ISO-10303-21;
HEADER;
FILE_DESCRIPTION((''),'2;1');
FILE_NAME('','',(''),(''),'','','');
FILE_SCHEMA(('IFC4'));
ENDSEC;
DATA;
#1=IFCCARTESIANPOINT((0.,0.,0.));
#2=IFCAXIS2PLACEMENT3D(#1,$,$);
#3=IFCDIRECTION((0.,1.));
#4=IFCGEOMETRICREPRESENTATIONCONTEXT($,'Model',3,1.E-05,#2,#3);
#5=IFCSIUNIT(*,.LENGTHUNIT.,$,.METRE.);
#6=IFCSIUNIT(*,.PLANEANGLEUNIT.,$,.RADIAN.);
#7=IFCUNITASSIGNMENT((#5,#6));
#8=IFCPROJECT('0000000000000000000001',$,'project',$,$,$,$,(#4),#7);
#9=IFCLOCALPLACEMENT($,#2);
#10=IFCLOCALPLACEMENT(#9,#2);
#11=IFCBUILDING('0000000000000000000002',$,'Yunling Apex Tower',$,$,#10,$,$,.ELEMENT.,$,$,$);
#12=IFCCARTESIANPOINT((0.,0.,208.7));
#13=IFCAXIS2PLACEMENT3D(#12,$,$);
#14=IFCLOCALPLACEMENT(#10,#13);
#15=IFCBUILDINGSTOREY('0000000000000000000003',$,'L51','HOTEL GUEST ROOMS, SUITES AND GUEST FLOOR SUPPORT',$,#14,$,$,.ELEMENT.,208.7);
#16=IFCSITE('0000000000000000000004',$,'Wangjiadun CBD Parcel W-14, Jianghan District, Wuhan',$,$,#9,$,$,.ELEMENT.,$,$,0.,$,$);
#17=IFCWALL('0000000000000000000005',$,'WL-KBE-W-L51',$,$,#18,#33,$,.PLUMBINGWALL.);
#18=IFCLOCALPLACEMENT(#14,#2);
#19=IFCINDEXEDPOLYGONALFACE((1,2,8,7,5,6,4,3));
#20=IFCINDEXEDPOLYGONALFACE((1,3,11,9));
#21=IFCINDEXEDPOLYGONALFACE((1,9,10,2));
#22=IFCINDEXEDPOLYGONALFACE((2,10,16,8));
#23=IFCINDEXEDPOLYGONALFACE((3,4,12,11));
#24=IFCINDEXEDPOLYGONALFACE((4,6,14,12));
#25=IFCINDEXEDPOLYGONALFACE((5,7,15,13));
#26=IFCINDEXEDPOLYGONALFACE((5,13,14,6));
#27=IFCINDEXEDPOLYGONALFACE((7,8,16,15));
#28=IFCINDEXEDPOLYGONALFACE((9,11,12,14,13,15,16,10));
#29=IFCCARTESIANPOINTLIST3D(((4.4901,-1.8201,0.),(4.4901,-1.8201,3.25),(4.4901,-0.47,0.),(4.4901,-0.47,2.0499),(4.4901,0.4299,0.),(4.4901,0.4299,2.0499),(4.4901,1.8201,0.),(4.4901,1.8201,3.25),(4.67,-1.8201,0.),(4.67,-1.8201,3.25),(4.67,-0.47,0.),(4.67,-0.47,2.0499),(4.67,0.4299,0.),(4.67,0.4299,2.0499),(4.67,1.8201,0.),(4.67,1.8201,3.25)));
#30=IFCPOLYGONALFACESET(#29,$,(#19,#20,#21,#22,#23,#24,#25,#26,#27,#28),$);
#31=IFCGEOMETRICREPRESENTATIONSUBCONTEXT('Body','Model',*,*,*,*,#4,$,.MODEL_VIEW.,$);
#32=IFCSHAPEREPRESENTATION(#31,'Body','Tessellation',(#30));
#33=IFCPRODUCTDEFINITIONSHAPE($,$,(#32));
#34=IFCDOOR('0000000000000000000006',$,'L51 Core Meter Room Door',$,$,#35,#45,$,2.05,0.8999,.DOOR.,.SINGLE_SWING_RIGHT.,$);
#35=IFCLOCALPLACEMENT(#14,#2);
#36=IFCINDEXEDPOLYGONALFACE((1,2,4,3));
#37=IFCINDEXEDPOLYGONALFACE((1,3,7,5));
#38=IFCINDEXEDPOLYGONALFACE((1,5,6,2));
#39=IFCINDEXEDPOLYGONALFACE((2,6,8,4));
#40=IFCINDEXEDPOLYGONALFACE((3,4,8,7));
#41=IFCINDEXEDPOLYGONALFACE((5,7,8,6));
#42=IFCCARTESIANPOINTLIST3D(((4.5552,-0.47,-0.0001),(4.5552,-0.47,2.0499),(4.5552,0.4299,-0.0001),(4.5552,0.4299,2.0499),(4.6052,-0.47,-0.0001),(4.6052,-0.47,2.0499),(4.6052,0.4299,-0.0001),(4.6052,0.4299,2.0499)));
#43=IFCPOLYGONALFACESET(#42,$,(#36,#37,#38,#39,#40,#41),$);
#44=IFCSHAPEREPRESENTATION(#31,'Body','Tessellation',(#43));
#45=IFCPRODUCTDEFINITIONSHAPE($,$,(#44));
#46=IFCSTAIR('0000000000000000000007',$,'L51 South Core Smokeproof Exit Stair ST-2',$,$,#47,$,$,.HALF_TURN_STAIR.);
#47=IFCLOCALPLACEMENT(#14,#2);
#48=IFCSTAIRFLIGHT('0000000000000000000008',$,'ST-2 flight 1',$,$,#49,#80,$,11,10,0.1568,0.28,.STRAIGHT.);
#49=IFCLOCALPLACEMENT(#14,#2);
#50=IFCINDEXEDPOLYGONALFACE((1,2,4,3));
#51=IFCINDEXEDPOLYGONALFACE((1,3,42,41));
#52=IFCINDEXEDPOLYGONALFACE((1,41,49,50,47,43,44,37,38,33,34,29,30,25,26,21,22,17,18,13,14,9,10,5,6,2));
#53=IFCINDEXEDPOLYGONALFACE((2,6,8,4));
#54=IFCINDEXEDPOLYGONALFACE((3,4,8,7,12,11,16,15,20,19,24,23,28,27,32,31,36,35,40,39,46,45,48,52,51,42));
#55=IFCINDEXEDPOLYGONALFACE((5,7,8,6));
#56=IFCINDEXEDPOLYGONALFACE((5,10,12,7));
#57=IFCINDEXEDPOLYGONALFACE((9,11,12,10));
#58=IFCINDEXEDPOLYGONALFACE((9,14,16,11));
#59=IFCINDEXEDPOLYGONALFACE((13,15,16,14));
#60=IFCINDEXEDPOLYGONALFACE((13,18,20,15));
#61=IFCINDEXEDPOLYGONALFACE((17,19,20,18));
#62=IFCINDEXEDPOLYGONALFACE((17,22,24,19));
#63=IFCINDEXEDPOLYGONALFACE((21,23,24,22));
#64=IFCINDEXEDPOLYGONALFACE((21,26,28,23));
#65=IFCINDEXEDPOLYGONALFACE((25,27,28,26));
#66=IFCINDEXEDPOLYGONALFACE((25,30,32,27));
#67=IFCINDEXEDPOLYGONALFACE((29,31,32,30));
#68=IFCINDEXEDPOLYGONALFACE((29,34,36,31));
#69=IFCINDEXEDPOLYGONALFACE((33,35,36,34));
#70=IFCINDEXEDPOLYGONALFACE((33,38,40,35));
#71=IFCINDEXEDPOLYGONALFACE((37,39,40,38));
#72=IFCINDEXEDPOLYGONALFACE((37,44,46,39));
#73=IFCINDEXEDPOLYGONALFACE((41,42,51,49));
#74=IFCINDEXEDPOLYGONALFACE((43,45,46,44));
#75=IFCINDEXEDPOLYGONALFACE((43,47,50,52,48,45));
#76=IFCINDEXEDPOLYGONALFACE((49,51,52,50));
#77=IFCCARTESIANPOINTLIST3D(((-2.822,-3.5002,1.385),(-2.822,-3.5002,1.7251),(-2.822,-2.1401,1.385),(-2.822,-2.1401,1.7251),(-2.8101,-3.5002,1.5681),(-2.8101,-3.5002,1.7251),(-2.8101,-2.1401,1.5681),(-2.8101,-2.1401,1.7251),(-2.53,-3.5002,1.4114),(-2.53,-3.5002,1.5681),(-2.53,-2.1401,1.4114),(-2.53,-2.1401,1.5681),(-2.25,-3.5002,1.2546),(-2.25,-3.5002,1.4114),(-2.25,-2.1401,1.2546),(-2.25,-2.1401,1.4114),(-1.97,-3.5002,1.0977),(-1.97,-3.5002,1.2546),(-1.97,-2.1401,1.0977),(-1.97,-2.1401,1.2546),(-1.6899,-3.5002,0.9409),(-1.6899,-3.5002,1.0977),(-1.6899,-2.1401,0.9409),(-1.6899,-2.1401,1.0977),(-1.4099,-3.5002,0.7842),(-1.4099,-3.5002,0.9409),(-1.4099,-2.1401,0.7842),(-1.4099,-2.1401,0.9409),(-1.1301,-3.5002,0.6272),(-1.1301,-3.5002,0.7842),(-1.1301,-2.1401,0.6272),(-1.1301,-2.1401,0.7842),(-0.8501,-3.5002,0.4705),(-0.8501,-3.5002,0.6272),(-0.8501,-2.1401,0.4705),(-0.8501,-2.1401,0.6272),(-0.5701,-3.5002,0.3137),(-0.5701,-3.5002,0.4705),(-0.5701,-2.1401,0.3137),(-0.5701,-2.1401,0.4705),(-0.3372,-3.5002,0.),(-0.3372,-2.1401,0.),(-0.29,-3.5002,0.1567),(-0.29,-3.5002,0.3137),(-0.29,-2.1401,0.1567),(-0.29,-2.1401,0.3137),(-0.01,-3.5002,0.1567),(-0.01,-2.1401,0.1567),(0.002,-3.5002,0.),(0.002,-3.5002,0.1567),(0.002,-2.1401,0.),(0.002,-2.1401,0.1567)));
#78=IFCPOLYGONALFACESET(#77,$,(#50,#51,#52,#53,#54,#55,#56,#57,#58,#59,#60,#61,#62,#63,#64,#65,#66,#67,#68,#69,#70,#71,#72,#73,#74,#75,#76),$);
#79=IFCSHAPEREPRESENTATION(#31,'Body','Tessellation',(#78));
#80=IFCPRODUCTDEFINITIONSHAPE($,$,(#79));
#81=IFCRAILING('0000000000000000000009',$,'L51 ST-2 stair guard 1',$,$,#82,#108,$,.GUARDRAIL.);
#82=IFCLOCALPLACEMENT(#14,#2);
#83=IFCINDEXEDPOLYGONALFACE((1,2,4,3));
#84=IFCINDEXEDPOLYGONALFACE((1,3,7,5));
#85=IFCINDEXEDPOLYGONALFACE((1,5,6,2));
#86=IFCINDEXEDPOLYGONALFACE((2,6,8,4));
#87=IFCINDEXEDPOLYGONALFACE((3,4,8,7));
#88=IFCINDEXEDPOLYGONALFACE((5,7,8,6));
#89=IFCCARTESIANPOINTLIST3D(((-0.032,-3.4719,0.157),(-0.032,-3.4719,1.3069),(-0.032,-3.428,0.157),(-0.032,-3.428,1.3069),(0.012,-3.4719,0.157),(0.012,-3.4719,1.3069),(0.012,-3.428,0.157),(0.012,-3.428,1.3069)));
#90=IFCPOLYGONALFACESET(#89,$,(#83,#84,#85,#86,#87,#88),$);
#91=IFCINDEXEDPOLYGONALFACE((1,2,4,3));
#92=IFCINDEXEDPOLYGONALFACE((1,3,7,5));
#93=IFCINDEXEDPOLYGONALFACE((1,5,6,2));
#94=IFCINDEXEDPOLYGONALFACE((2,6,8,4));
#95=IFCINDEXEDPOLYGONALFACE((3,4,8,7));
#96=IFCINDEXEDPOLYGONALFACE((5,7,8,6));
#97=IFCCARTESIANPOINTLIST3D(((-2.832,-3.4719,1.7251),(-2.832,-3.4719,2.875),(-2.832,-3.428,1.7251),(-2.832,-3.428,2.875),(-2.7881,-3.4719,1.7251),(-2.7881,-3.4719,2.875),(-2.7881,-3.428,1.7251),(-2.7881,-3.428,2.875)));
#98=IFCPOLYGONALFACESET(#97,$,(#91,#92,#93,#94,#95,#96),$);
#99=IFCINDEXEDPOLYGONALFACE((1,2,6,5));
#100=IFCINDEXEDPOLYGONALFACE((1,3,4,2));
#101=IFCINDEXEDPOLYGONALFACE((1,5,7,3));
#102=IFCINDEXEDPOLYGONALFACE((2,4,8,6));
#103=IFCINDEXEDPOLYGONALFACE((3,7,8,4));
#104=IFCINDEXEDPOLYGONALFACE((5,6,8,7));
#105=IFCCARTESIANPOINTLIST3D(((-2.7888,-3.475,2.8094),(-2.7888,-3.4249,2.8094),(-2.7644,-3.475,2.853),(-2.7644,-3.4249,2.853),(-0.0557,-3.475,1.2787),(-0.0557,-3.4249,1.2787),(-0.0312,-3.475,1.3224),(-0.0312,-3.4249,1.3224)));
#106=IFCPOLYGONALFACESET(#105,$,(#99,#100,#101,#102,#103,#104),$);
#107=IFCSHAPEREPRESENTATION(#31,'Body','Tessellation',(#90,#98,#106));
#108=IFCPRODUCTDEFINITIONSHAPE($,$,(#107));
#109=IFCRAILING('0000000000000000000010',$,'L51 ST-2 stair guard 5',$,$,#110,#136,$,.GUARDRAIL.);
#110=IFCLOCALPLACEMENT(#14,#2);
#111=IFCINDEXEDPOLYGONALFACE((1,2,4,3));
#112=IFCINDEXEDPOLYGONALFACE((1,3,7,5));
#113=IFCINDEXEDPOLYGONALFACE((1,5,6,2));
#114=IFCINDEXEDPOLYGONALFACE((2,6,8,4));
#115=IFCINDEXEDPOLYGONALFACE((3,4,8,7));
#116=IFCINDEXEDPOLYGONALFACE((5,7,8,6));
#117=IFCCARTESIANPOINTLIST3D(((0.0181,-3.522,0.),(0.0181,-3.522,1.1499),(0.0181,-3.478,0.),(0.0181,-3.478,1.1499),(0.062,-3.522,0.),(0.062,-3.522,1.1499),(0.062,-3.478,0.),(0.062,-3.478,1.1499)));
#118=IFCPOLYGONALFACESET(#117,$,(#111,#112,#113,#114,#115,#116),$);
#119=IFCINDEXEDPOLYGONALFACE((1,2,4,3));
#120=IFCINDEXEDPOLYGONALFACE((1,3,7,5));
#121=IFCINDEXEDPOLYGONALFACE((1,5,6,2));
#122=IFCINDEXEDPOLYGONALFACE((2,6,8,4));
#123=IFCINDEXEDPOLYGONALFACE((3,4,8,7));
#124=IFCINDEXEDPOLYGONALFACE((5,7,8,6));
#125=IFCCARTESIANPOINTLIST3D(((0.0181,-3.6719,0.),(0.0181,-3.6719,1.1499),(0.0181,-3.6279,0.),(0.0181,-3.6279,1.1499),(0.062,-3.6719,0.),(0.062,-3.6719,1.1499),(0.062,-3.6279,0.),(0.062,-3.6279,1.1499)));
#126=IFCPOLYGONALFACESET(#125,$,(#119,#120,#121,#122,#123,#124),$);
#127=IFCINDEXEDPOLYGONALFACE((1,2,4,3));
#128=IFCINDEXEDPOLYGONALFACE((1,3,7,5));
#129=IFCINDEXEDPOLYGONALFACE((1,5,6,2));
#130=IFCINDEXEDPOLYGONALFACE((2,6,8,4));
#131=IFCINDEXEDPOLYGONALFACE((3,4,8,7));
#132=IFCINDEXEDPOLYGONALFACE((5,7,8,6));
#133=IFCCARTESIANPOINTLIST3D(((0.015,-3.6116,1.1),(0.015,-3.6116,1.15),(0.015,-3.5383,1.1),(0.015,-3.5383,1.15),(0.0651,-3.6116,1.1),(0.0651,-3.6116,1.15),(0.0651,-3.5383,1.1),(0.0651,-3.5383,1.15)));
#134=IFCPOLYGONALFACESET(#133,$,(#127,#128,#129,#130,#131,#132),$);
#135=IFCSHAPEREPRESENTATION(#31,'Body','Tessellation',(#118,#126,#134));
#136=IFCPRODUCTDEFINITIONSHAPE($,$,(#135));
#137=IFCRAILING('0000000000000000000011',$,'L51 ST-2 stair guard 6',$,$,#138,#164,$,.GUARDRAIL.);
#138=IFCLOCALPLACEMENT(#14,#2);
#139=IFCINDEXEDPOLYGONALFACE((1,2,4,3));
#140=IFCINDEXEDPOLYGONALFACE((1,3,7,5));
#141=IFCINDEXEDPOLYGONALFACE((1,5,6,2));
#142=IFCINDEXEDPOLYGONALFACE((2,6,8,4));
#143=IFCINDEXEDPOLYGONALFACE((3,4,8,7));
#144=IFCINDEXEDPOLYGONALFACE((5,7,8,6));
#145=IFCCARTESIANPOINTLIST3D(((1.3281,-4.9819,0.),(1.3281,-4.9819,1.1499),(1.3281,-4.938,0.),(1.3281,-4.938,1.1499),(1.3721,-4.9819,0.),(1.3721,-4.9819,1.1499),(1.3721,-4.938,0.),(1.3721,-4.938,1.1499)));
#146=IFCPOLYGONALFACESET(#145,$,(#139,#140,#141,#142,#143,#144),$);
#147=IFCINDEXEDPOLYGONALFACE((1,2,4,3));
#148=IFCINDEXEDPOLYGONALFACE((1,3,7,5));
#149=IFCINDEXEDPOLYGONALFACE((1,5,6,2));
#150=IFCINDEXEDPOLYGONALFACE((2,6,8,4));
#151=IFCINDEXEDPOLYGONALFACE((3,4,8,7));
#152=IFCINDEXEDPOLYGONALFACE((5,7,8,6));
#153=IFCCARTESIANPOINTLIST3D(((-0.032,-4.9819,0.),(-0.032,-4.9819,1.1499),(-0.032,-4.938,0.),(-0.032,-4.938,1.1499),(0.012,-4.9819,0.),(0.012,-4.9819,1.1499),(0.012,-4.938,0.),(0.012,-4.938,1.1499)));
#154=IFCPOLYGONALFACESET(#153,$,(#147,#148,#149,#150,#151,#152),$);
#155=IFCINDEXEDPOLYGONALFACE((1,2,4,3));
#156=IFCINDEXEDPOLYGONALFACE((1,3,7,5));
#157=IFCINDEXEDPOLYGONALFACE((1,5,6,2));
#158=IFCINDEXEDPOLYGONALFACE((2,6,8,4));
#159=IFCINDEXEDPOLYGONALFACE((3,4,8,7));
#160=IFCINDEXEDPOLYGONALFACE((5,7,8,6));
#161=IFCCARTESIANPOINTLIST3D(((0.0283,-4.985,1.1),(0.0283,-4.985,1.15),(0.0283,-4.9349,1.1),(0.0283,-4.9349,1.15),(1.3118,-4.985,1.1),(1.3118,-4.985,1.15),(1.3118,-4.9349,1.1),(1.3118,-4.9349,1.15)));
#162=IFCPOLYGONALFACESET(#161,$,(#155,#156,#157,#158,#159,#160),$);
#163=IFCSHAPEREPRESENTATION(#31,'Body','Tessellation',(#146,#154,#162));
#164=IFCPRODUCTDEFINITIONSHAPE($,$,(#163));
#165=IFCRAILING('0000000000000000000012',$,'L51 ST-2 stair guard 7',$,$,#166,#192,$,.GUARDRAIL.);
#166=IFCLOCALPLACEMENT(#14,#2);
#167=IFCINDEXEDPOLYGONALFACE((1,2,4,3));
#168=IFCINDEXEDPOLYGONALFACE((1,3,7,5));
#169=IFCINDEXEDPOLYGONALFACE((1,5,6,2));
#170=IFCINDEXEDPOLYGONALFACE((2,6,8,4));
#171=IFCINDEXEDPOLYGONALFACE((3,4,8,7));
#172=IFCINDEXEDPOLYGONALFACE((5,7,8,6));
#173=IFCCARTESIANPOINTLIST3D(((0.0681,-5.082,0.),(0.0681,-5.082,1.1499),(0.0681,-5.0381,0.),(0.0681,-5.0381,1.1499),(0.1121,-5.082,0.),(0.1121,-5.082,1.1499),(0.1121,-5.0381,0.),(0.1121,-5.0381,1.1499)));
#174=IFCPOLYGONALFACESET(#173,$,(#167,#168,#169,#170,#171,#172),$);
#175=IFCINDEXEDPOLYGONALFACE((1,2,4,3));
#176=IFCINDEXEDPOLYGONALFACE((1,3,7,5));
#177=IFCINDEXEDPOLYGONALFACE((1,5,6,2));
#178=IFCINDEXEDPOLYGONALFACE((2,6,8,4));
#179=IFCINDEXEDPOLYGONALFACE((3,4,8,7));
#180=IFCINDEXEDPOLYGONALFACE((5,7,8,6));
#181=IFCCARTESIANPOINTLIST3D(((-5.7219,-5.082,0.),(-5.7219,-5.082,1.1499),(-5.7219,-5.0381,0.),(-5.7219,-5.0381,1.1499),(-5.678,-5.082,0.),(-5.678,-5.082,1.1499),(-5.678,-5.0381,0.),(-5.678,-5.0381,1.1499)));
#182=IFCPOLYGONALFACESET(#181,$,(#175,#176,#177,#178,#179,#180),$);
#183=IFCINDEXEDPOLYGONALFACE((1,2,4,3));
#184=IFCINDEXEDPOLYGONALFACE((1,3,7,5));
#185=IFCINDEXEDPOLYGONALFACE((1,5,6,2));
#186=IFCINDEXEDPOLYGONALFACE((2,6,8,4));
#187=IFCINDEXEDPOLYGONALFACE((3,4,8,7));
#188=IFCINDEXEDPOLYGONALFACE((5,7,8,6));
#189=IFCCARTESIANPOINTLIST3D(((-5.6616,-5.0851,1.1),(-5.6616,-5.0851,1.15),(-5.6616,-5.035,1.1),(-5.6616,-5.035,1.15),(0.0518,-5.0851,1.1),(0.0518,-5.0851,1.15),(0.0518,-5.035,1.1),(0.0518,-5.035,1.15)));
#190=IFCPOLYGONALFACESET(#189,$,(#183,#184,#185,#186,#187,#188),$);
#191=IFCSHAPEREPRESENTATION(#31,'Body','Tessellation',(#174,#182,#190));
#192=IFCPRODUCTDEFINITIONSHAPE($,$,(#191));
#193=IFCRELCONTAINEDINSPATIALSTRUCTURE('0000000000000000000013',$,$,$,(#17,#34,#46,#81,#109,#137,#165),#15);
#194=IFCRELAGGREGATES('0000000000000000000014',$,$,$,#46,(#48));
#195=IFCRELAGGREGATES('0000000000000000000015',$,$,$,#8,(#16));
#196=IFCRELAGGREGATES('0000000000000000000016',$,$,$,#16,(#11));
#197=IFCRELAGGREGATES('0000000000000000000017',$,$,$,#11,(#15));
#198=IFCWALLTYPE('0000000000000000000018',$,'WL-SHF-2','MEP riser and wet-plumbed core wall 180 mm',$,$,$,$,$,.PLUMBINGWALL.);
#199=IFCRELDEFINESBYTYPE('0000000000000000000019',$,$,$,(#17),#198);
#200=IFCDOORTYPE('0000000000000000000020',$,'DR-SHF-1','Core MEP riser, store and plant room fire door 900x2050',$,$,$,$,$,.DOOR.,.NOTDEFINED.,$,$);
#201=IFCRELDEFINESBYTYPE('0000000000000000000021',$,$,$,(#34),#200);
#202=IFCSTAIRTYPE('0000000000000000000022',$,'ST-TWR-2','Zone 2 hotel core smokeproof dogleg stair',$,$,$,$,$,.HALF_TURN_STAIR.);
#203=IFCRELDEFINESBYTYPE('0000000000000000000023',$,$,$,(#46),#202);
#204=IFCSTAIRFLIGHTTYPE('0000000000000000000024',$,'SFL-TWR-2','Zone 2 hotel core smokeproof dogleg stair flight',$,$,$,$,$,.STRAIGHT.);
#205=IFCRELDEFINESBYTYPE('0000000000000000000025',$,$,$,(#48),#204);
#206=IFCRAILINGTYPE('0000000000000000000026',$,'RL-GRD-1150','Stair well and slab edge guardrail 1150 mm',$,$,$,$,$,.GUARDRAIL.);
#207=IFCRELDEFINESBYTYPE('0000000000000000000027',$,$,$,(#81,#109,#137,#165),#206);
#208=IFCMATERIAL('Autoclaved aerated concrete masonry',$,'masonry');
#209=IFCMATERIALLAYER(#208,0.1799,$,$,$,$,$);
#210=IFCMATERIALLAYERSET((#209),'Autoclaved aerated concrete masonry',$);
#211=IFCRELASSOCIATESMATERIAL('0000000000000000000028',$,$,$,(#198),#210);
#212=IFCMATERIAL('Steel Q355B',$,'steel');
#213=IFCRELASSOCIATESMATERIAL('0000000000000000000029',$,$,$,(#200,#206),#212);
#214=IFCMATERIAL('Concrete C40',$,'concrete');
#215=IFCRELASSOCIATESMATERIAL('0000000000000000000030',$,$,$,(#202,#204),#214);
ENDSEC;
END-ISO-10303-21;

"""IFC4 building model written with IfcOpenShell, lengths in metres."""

from ifc_helpers import new_model, si_unit, direction, frame, frame_2d, origin, origin_2d, place, context, subcontext, project, spatial, polyline, rectangle, outline, extrude, material, layer, layer_set, type_object, element, fill, aggregate, save


model = new_model("IFC4")

# Units and contexts
model_context = context("Model", 3, precision=1e-05, world=origin(), true_north=direction((0.0, 1.0)))
body_context = subcontext(model_context, "Body", "Model", "MODEL_VIEW")
ifc_project = project(units=[si_unit("LENGTHUNIT", "METRE"), si_unit("PLANEANGLEUNIT", "RADIAN")], contexts=[model_context])

# Site, building, storey
site_placement = place(None, origin())
site = spatial("IfcSite", under=ifc_project, at=site_placement, Name="Wangjiadun CBD Parcel W-14, Jianghan District, Wuhan", CompositionType="ELEMENT", RefElevation=0.0)
building_placement = place(site_placement, origin())
building = spatial("IfcBuilding", under=site, at=building_placement, Name="Yunling Apex Tower", CompositionType="ELEMENT")
storey_placement = place(building_placement, frame((0.0, 0.0, 208.7)))
storey = spatial("IfcBuildingStorey", under=building, at=storey_placement, Name="L51", Description="HOTEL GUEST ROOMS, SUITES AND GUEST FLOOR SUPPORT", CompositionType="ELEMENT", Elevation=208.7)

# Shared definitions
ifc_material_1 = material(Name="Concrete C40", Category="concrete")

# Shared definitions
ifc_material_2 = material(Name="Autoclaved aerated concrete masonry", Category="masonry")
ifc_material_3 = material(Name="Steel Q355B", Category="steel")

# Shared definitions
ifc_layer_1 = layer(ifc_material_2, 0.1799)
ifc_layer_set_1 = layer_set([ifc_layer_1], Name="Autoclaved aerated concrete masonry")
wall_type_1 = type_object("IfcWallType", Name="WL-SHF-2", Description="MEP riser and wet-plumbed core wall 180 mm", PredefinedType="PLUMBINGWALL", material=ifc_layer_set_1)

# Wall, opening, door
wall_1_placement = place(storey_placement, frame((4.5801, -1.8201, 0.0), z_axis=(0.0, 0.0, 1.0), x_axis=(0.0, 1.0, 0.0)))
wall_1 = element("IfcWall", 1, at=wall_1_placement, inside=storey, type_object=wall_type_1, Name="WL-KBE-W-L51", PredefinedType="PLUMBINGWALL", context=body_context, shape_type="SweptSolid", body=[
    extrude(rectangle(XDim=3.6401, YDim=0.1799, at=frame_2d((1.8201, 0.0))), origin(), (0.0, 0.0, 1.0), 3.25),
])
opening_1_placement = place(wall_1_placement, frame((1.3501, 0.0, 0.0)))
opening_1 = element("IfcOpeningElement", 2, at=opening_1_placement, cuts=wall_1, PredefinedType="OPENING", context=body_context, shape_type="SweptSolid", body=[
    extrude(rectangle(XDim=0.8999, YDim=2.05, at=frame_2d((0.45, 1.0249))), frame((0.0, 0.1001, 0.0), z_axis=(0.0, -1.0, 0.0), x_axis=(1.0, 0.0, 0.0)), (0.0, 0.0, 1.0), 0.2),
])
door_type_1 = type_object("IfcDoorType", Name="DR-SHF-1", Description="Core MEP riser, store and plant room fire door 900x2050", OperationType="NOTDEFINED", PredefinedType="DOOR", material=ifc_material_3)
door_1_placement = place(opening_1_placement, origin())
door_1 = element("IfcDoor", 3, at=door_1_placement, inside=storey, type_object=door_type_1, Name="L51 Core Meter Room Door", OperationType="SINGLE_SWING_RIGHT", OverallHeight=2.05, OverallWidth=0.8999, PredefinedType="DOOR", context=body_context, shape_type="SweptSolid", body=[
    extrude(rectangle(XDim=0.8999, YDim=2.05, at=frame_2d((0.45, 1.0249))), frame((0.0, 0.0249, 0.0), z_axis=(0.0, -1.0, 0.0), x_axis=(1.0, 0.0, 0.0)), (0.0, 0.0, 1.0), 0.05),
])
fill(opening_1, door_1)

# Stair, stair flight
stair_type = type_object("IfcStairType", Name="ST-TWR-2", Description="Zone 2 hotel core smokeproof dogleg stair", PredefinedType="HALF_TURN_STAIR", material=ifc_material_1)
stair_placement = place(storey_placement, origin())
stair = element("IfcStair", 4, at=stair_placement, inside=storey, type_object=stair_type, Name="L51 South Core Smokeproof Exit Stair ST-2", PredefinedType="HALF_TURN_STAIR")
stair_flight_type = type_object("IfcStairFlightType", Name="SFL-TWR-2", Description="Zone 2 hotel core smokeproof dogleg stair flight", PredefinedType="STRAIGHT", material=ifc_material_1)
stair_flight_placement = place(storey_placement, frame((-0.01, -2.8201, 0.0), z_axis=(0.0, 0.0, 1.0), x_axis=(-1.0, 0.0, 0.0)))
stair_flight = element("IfcStairFlight", 5, at=stair_flight_placement, type_object=stair_flight_type, Name="ST-2 flight 1", NumberOfRisers=11, NumberOfTreads=10, PredefinedType="STRAIGHT", RiserHeight=0.1568, TreadLength=0.28, context=body_context, shape_type="SweptSolid", body=[
    extrude(outline(polyline([(-0.012, 0.0), (-0.012, 0.1567), (0.0, 0.1567), (0.28, 0.1567), (0.28, 0.3137), (0.5601, 0.3137), (0.5601, 0.4705), (0.8401, 0.4705), (0.8401, 0.6272), (1.1201, 0.6272), (1.1201, 0.7842), (1.3999, 0.7842), (1.3999, 0.9409), (1.6799, 0.9409), (1.6799, 1.0977), (1.96, 1.0977), (1.96, 1.2546), (2.24, 1.2546), (2.24, 1.4114), (2.52, 1.4114), (2.52, 1.5681), (2.8, 1.5681), (2.8, 1.7251), (2.812, 1.7251), (2.812, 1.385), (0.3271, 0.0), (-0.012, 0.0)])), frame((0.0, 0.6802, 0.0), z_axis=(0.0, -1.0, 0.0), x_axis=(1.0, 0.0, 0.0)), (0.0, 0.0, 1.0), 1.3601),
])
aggregate(stair, [stair_flight])

# Railings
railing_type_1 = type_object("IfcRailingType", Name="RL-GRD-1150", Description="Stair well and slab edge guardrail 1150 mm", PredefinedType="GUARDRAIL", material=ifc_material_3)
railing_1_placement = place(storey_placement, frame((-0.01, -3.45, 0.157)))
element("IfcRailing", 6, at=railing_1_placement, inside=storey, type_object=railing_type_1, Name="L51 ST-2 stair guard 1", PredefinedType="GUARDRAIL", context=body_context, shape_type="SweptSolid", body=[
    extrude(rectangle(XDim=0.0439, YDim=0.0439, at=origin_2d()), origin(), (0.0, 0.0, 1.0), 1.1499),
    extrude(rectangle(XDim=0.0439, YDim=0.0439, at=origin_2d()), frame((-2.8, 0.0, 1.5681)), (0.0, 0.0, 1.0), 1.1499),
    extrude(rectangle(XDim=0.05, YDim=0.05, at=origin_2d()), frame((-0.0334, 0.0, 1.1436), z_axis=(-0.872494, 0.0, 0.488624), x_axis=(0.0, -1.0, 0.0)), (0.0, 0.0, 1.0), 3.1326),
])
railing_2_placement = place(storey_placement, frame((0.04, -3.5, 0.0)))
element("IfcRailing", 7, at=railing_2_placement, inside=storey, type_object=railing_type_1, Name="L51 ST-2 stair guard 5", PredefinedType="GUARDRAIL", context=body_context, shape_type="SweptSolid", body=[
    extrude(rectangle(XDim=0.0439, YDim=0.0439, at=origin_2d()), origin(), (0.0, 0.0, 1.0), 1.1499),
    extrude(rectangle(XDim=0.0439, YDim=0.0439, at=origin_2d()), frame((0.0, -0.1499, 0.0)), (0.0, 0.0, 1.0), 1.1499),
    extrude(rectangle(XDim=0.05, YDim=0.05, at=origin_2d()), frame((0.0, -0.0383, 1.125), z_axis=(0.0, -1.0, 0.0), x_axis=(1.0, 0.0, 0.0)), (0.0, 0.0, 1.0), 0.0732),
])
railing_3_placement = place(storey_placement, frame((1.3501, -4.96, 0.0)))
element("IfcRailing", 8, at=railing_3_placement, inside=storey, type_object=railing_type_1, Name="L51 ST-2 stair guard 6", PredefinedType="GUARDRAIL", context=body_context, shape_type="SweptSolid", body=[
    extrude(rectangle(XDim=0.0439, YDim=0.0439, at=origin_2d()), origin(), (0.0, 0.0, 1.0), 1.1499),
    extrude(rectangle(XDim=0.0439, YDim=0.0439, at=origin_2d()), frame((-1.3601, 0.0, 0.0)), (0.0, 0.0, 1.0), 1.1499),
    extrude(rectangle(XDim=0.05, YDim=0.05, at=origin_2d()), frame((-0.0383, 0.0, 1.125), z_axis=(-1.0, 0.0, 0.0), x_axis=(0.0, -1.0, 0.0)), (0.0, 0.0, 1.0), 1.2834),
])
railing_4_placement = place(storey_placement, frame((0.0901, -5.0601, 0.0)))
element("IfcRailing", 9, at=railing_4_placement, inside=storey, type_object=railing_type_1, Name="L51 ST-2 stair guard 7", PredefinedType="GUARDRAIL", context=body_context, shape_type="SweptSolid", body=[
    extrude(rectangle(XDim=0.0439, YDim=0.0439, at=origin_2d()), origin(), (0.0, 0.0, 1.0), 1.1499),
    extrude(rectangle(XDim=0.0439, YDim=0.0439, at=origin_2d()), frame((-5.79, 0.0, 0.0)), (0.0, 0.0, 1.0), 1.1499),
    extrude(rectangle(XDim=0.05, YDim=0.05, at=origin_2d()), frame((-0.0383, 0.0, 1.125), z_axis=(-1.0, 0.0, 0.0), x_axis=(0.0, -1.0, 0.0)), (0.0, 0.0, 1.0), 5.7134),
])

save(model, "model.ifc")
